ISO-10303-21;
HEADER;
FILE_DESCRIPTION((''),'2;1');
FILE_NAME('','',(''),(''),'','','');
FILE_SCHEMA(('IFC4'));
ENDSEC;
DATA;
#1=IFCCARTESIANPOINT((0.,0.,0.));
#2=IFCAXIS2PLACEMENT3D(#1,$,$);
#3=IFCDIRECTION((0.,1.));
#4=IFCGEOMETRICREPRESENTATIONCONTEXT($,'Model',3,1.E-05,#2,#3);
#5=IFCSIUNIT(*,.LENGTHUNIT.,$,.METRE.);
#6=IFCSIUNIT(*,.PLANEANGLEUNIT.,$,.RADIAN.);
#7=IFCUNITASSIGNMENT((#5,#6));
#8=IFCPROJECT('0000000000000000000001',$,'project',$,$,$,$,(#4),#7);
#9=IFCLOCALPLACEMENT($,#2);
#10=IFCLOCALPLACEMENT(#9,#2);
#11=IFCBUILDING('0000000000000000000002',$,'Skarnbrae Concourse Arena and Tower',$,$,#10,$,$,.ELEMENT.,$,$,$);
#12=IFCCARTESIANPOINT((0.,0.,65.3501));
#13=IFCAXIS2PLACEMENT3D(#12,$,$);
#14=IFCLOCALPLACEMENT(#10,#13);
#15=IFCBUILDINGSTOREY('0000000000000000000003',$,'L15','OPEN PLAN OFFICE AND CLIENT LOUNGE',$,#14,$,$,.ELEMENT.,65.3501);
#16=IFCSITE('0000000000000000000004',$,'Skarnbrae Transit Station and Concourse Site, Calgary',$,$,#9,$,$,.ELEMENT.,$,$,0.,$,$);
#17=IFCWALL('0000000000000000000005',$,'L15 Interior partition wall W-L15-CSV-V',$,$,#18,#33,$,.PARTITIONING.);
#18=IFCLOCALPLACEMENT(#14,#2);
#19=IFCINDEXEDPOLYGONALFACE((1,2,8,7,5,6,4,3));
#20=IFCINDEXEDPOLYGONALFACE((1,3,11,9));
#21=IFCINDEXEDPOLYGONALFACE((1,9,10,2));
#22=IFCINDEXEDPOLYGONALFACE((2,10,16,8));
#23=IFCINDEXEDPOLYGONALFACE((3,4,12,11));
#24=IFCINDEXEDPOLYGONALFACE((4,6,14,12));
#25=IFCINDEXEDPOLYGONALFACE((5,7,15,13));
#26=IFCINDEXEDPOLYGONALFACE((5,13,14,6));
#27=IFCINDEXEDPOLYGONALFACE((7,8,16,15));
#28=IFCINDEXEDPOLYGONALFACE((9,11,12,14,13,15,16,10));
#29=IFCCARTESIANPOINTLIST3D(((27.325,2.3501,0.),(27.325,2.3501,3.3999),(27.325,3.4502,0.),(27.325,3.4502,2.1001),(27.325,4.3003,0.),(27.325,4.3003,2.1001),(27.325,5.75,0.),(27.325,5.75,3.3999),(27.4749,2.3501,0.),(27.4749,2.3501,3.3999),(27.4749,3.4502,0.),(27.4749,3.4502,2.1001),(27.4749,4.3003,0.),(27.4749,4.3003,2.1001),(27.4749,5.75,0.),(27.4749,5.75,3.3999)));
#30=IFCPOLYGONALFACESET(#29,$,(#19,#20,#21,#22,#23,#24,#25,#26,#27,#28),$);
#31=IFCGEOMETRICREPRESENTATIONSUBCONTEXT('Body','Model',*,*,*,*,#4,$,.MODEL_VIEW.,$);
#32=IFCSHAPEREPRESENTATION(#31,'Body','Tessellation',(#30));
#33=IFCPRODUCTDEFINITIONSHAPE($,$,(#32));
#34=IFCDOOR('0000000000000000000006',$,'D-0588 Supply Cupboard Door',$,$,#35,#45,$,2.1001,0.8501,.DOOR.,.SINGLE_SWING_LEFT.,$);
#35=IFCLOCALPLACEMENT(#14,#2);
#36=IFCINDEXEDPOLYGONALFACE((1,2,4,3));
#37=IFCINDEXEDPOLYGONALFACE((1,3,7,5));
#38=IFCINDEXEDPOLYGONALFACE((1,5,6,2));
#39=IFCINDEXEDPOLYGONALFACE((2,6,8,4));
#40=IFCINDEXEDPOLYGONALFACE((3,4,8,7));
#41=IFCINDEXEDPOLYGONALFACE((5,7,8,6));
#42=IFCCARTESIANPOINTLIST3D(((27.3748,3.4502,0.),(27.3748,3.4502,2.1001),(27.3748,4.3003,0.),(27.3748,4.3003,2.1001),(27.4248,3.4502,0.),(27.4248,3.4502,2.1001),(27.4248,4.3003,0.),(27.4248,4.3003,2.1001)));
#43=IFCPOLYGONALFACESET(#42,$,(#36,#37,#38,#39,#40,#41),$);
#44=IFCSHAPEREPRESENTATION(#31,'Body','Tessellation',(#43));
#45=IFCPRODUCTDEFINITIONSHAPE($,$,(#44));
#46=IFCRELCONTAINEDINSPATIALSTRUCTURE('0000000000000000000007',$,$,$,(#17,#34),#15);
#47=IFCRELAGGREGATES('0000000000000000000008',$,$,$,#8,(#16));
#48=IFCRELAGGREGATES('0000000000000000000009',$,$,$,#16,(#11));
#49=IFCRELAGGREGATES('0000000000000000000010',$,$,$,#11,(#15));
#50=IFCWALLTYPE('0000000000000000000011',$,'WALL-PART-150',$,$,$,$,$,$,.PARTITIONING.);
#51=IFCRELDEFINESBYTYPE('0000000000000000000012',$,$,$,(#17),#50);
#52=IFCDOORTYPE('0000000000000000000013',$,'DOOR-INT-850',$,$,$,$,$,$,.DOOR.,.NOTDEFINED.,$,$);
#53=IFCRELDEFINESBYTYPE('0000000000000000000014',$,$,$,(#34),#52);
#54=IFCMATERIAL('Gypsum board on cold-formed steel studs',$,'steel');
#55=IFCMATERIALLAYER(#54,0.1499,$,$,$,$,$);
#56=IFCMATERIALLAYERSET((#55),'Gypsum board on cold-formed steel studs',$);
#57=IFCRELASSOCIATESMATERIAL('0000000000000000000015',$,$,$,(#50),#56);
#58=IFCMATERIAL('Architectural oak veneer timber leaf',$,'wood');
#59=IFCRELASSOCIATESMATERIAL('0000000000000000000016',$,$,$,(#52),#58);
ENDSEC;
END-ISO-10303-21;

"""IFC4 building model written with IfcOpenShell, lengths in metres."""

from ifc_helpers import new_model, si_unit, direction, frame, frame_2d, origin, place, context, subcontext, project, spatial, rectangle, extrude, source, transform, mapped, material, layer, layer_set, type_object, element, fill, save


model = new_model("IFC4")

# Units and contexts
model_context = context("Model", 3, precision=1e-05, world=origin(), true_north=direction((0.0, 1.0)))
body_context = subcontext(model_context, "Body", "Model", "MODEL_VIEW")
ifc_project = project(units=[si_unit("LENGTHUNIT", "METRE"), si_unit("PLANEANGLEUNIT", "RADIAN")], contexts=[model_context])

# Site, building, storey
site_placement = place(None, origin())
site = spatial("IfcSite", under=ifc_project, at=site_placement, Name="Skarnbrae Transit Station and Concourse Site, Calgary", CompositionType="ELEMENT", RefElevation=0.0)
building_placement = place(site_placement, origin())
building = spatial("IfcBuilding", under=site, at=building_placement, Name="Skarnbrae Concourse Arena and Tower", CompositionType="ELEMENT")
storey_placement = place(building_placement, frame((0.0, 0.0, 65.3501)))
storey = spatial("IfcBuildingStorey", under=building, at=storey_placement, Name="L15", Description="OPEN PLAN OFFICE AND CLIENT LOUNGE", CompositionType="ELEMENT", Elevation=65.3501)

# Shared definitions
ifc_material_1 = material(Name="Gypsum board on cold-formed steel studs", Category="steel")
ifc_layer_1 = layer(ifc_material_1, 0.1499)
ifc_layer_set_1 = layer_set([ifc_layer_1], Name="Gypsum board on cold-formed steel studs")
wall_type_1 = type_object("IfcWallType", Name="WALL-PART-150", PredefinedType="PARTITIONING", material=ifc_layer_set_1)

# Wall, opening, door
shared_shape_1 = source(origin(), body_context, "Body", "SweptSolid", [
    extrude(rectangle(XDim=3.3999, YDim=0.1499, at=frame_2d((1.7, 0.0))), origin(), (0.0, 0.0, 1.0), 3.3999),
])
wall_1_placement = place(storey_placement, frame((27.3999, 2.3501, 0.0), z_axis=(0.0, 0.0, 1.0), x_axis=(0.0, 1.0, 0.0)))
wall_1 = element("IfcWall", 1, at=wall_1_placement, inside=storey, type_object=wall_type_1, Name="L15 Interior partition wall W-L15-CSV-V", PredefinedType="PARTITIONING", context=body_context, shape_type="MappedRepresentation", body=[
    mapped(shared_shape_1, transform((0.0, 0.0, 0.0))),
])
opening_1_placement = place(wall_1_placement, frame((1.1001, 0.0, 0.0)))
opening_1 = element("IfcOpeningElement", 2, at=opening_1_placement, cuts=wall_1, PredefinedType="OPENING", context=body_context, shape_type="SweptSolid", body=[
    extrude(rectangle(XDim=0.8501, YDim=2.1001, at=frame_2d((0.425, 1.05))), frame((0.0, 0.085, 0.0), z_axis=(0.0, -1.0, 0.0), x_axis=(1.0, 0.0, 0.0)), (0.0, 0.0, 1.0), 0.1699),
])
ifc_material_2 = material(Name="Architectural oak veneer timber leaf", Category="wood")
door_type_1 = type_object("IfcDoorType", Name="DOOR-INT-850", OperationType="NOTDEFINED", PredefinedType="DOOR", material=ifc_material_2)
shared_shape_2 = source(origin(), body_context, "Body", "SweptSolid", [
    extrude(rectangle(XDim=0.8501, YDim=2.1001, at=frame_2d((0.425, 1.05))), frame((0.0, 0.0249, 0.0), z_axis=(0.0, -1.0, 0.0), x_axis=(1.0, 0.0, 0.0)), (0.0, 0.0, 1.0), 0.05),
])
door_1_placement = place(opening_1_placement, frame((0.8501, 0.0, 0.0), z_axis=(0.0, 0.0, 1.0), x_axis=(-1.0, 0.0, 0.0)))
door_1 = element("IfcDoor", 3, at=door_1_placement, inside=storey, type_object=door_type_1, Name="D-0588 Supply Cupboard Door", OperationType="SINGLE_SWING_LEFT", OverallHeight=2.1001, OverallWidth=0.8501, PredefinedType="DOOR", context=body_context, shape_type="MappedRepresentation", body=[
    mapped(shared_shape_2, transform((0.0, 0.0, 0.0))),
])
fill(opening_1, door_1)

save(model, "model.ifc")
